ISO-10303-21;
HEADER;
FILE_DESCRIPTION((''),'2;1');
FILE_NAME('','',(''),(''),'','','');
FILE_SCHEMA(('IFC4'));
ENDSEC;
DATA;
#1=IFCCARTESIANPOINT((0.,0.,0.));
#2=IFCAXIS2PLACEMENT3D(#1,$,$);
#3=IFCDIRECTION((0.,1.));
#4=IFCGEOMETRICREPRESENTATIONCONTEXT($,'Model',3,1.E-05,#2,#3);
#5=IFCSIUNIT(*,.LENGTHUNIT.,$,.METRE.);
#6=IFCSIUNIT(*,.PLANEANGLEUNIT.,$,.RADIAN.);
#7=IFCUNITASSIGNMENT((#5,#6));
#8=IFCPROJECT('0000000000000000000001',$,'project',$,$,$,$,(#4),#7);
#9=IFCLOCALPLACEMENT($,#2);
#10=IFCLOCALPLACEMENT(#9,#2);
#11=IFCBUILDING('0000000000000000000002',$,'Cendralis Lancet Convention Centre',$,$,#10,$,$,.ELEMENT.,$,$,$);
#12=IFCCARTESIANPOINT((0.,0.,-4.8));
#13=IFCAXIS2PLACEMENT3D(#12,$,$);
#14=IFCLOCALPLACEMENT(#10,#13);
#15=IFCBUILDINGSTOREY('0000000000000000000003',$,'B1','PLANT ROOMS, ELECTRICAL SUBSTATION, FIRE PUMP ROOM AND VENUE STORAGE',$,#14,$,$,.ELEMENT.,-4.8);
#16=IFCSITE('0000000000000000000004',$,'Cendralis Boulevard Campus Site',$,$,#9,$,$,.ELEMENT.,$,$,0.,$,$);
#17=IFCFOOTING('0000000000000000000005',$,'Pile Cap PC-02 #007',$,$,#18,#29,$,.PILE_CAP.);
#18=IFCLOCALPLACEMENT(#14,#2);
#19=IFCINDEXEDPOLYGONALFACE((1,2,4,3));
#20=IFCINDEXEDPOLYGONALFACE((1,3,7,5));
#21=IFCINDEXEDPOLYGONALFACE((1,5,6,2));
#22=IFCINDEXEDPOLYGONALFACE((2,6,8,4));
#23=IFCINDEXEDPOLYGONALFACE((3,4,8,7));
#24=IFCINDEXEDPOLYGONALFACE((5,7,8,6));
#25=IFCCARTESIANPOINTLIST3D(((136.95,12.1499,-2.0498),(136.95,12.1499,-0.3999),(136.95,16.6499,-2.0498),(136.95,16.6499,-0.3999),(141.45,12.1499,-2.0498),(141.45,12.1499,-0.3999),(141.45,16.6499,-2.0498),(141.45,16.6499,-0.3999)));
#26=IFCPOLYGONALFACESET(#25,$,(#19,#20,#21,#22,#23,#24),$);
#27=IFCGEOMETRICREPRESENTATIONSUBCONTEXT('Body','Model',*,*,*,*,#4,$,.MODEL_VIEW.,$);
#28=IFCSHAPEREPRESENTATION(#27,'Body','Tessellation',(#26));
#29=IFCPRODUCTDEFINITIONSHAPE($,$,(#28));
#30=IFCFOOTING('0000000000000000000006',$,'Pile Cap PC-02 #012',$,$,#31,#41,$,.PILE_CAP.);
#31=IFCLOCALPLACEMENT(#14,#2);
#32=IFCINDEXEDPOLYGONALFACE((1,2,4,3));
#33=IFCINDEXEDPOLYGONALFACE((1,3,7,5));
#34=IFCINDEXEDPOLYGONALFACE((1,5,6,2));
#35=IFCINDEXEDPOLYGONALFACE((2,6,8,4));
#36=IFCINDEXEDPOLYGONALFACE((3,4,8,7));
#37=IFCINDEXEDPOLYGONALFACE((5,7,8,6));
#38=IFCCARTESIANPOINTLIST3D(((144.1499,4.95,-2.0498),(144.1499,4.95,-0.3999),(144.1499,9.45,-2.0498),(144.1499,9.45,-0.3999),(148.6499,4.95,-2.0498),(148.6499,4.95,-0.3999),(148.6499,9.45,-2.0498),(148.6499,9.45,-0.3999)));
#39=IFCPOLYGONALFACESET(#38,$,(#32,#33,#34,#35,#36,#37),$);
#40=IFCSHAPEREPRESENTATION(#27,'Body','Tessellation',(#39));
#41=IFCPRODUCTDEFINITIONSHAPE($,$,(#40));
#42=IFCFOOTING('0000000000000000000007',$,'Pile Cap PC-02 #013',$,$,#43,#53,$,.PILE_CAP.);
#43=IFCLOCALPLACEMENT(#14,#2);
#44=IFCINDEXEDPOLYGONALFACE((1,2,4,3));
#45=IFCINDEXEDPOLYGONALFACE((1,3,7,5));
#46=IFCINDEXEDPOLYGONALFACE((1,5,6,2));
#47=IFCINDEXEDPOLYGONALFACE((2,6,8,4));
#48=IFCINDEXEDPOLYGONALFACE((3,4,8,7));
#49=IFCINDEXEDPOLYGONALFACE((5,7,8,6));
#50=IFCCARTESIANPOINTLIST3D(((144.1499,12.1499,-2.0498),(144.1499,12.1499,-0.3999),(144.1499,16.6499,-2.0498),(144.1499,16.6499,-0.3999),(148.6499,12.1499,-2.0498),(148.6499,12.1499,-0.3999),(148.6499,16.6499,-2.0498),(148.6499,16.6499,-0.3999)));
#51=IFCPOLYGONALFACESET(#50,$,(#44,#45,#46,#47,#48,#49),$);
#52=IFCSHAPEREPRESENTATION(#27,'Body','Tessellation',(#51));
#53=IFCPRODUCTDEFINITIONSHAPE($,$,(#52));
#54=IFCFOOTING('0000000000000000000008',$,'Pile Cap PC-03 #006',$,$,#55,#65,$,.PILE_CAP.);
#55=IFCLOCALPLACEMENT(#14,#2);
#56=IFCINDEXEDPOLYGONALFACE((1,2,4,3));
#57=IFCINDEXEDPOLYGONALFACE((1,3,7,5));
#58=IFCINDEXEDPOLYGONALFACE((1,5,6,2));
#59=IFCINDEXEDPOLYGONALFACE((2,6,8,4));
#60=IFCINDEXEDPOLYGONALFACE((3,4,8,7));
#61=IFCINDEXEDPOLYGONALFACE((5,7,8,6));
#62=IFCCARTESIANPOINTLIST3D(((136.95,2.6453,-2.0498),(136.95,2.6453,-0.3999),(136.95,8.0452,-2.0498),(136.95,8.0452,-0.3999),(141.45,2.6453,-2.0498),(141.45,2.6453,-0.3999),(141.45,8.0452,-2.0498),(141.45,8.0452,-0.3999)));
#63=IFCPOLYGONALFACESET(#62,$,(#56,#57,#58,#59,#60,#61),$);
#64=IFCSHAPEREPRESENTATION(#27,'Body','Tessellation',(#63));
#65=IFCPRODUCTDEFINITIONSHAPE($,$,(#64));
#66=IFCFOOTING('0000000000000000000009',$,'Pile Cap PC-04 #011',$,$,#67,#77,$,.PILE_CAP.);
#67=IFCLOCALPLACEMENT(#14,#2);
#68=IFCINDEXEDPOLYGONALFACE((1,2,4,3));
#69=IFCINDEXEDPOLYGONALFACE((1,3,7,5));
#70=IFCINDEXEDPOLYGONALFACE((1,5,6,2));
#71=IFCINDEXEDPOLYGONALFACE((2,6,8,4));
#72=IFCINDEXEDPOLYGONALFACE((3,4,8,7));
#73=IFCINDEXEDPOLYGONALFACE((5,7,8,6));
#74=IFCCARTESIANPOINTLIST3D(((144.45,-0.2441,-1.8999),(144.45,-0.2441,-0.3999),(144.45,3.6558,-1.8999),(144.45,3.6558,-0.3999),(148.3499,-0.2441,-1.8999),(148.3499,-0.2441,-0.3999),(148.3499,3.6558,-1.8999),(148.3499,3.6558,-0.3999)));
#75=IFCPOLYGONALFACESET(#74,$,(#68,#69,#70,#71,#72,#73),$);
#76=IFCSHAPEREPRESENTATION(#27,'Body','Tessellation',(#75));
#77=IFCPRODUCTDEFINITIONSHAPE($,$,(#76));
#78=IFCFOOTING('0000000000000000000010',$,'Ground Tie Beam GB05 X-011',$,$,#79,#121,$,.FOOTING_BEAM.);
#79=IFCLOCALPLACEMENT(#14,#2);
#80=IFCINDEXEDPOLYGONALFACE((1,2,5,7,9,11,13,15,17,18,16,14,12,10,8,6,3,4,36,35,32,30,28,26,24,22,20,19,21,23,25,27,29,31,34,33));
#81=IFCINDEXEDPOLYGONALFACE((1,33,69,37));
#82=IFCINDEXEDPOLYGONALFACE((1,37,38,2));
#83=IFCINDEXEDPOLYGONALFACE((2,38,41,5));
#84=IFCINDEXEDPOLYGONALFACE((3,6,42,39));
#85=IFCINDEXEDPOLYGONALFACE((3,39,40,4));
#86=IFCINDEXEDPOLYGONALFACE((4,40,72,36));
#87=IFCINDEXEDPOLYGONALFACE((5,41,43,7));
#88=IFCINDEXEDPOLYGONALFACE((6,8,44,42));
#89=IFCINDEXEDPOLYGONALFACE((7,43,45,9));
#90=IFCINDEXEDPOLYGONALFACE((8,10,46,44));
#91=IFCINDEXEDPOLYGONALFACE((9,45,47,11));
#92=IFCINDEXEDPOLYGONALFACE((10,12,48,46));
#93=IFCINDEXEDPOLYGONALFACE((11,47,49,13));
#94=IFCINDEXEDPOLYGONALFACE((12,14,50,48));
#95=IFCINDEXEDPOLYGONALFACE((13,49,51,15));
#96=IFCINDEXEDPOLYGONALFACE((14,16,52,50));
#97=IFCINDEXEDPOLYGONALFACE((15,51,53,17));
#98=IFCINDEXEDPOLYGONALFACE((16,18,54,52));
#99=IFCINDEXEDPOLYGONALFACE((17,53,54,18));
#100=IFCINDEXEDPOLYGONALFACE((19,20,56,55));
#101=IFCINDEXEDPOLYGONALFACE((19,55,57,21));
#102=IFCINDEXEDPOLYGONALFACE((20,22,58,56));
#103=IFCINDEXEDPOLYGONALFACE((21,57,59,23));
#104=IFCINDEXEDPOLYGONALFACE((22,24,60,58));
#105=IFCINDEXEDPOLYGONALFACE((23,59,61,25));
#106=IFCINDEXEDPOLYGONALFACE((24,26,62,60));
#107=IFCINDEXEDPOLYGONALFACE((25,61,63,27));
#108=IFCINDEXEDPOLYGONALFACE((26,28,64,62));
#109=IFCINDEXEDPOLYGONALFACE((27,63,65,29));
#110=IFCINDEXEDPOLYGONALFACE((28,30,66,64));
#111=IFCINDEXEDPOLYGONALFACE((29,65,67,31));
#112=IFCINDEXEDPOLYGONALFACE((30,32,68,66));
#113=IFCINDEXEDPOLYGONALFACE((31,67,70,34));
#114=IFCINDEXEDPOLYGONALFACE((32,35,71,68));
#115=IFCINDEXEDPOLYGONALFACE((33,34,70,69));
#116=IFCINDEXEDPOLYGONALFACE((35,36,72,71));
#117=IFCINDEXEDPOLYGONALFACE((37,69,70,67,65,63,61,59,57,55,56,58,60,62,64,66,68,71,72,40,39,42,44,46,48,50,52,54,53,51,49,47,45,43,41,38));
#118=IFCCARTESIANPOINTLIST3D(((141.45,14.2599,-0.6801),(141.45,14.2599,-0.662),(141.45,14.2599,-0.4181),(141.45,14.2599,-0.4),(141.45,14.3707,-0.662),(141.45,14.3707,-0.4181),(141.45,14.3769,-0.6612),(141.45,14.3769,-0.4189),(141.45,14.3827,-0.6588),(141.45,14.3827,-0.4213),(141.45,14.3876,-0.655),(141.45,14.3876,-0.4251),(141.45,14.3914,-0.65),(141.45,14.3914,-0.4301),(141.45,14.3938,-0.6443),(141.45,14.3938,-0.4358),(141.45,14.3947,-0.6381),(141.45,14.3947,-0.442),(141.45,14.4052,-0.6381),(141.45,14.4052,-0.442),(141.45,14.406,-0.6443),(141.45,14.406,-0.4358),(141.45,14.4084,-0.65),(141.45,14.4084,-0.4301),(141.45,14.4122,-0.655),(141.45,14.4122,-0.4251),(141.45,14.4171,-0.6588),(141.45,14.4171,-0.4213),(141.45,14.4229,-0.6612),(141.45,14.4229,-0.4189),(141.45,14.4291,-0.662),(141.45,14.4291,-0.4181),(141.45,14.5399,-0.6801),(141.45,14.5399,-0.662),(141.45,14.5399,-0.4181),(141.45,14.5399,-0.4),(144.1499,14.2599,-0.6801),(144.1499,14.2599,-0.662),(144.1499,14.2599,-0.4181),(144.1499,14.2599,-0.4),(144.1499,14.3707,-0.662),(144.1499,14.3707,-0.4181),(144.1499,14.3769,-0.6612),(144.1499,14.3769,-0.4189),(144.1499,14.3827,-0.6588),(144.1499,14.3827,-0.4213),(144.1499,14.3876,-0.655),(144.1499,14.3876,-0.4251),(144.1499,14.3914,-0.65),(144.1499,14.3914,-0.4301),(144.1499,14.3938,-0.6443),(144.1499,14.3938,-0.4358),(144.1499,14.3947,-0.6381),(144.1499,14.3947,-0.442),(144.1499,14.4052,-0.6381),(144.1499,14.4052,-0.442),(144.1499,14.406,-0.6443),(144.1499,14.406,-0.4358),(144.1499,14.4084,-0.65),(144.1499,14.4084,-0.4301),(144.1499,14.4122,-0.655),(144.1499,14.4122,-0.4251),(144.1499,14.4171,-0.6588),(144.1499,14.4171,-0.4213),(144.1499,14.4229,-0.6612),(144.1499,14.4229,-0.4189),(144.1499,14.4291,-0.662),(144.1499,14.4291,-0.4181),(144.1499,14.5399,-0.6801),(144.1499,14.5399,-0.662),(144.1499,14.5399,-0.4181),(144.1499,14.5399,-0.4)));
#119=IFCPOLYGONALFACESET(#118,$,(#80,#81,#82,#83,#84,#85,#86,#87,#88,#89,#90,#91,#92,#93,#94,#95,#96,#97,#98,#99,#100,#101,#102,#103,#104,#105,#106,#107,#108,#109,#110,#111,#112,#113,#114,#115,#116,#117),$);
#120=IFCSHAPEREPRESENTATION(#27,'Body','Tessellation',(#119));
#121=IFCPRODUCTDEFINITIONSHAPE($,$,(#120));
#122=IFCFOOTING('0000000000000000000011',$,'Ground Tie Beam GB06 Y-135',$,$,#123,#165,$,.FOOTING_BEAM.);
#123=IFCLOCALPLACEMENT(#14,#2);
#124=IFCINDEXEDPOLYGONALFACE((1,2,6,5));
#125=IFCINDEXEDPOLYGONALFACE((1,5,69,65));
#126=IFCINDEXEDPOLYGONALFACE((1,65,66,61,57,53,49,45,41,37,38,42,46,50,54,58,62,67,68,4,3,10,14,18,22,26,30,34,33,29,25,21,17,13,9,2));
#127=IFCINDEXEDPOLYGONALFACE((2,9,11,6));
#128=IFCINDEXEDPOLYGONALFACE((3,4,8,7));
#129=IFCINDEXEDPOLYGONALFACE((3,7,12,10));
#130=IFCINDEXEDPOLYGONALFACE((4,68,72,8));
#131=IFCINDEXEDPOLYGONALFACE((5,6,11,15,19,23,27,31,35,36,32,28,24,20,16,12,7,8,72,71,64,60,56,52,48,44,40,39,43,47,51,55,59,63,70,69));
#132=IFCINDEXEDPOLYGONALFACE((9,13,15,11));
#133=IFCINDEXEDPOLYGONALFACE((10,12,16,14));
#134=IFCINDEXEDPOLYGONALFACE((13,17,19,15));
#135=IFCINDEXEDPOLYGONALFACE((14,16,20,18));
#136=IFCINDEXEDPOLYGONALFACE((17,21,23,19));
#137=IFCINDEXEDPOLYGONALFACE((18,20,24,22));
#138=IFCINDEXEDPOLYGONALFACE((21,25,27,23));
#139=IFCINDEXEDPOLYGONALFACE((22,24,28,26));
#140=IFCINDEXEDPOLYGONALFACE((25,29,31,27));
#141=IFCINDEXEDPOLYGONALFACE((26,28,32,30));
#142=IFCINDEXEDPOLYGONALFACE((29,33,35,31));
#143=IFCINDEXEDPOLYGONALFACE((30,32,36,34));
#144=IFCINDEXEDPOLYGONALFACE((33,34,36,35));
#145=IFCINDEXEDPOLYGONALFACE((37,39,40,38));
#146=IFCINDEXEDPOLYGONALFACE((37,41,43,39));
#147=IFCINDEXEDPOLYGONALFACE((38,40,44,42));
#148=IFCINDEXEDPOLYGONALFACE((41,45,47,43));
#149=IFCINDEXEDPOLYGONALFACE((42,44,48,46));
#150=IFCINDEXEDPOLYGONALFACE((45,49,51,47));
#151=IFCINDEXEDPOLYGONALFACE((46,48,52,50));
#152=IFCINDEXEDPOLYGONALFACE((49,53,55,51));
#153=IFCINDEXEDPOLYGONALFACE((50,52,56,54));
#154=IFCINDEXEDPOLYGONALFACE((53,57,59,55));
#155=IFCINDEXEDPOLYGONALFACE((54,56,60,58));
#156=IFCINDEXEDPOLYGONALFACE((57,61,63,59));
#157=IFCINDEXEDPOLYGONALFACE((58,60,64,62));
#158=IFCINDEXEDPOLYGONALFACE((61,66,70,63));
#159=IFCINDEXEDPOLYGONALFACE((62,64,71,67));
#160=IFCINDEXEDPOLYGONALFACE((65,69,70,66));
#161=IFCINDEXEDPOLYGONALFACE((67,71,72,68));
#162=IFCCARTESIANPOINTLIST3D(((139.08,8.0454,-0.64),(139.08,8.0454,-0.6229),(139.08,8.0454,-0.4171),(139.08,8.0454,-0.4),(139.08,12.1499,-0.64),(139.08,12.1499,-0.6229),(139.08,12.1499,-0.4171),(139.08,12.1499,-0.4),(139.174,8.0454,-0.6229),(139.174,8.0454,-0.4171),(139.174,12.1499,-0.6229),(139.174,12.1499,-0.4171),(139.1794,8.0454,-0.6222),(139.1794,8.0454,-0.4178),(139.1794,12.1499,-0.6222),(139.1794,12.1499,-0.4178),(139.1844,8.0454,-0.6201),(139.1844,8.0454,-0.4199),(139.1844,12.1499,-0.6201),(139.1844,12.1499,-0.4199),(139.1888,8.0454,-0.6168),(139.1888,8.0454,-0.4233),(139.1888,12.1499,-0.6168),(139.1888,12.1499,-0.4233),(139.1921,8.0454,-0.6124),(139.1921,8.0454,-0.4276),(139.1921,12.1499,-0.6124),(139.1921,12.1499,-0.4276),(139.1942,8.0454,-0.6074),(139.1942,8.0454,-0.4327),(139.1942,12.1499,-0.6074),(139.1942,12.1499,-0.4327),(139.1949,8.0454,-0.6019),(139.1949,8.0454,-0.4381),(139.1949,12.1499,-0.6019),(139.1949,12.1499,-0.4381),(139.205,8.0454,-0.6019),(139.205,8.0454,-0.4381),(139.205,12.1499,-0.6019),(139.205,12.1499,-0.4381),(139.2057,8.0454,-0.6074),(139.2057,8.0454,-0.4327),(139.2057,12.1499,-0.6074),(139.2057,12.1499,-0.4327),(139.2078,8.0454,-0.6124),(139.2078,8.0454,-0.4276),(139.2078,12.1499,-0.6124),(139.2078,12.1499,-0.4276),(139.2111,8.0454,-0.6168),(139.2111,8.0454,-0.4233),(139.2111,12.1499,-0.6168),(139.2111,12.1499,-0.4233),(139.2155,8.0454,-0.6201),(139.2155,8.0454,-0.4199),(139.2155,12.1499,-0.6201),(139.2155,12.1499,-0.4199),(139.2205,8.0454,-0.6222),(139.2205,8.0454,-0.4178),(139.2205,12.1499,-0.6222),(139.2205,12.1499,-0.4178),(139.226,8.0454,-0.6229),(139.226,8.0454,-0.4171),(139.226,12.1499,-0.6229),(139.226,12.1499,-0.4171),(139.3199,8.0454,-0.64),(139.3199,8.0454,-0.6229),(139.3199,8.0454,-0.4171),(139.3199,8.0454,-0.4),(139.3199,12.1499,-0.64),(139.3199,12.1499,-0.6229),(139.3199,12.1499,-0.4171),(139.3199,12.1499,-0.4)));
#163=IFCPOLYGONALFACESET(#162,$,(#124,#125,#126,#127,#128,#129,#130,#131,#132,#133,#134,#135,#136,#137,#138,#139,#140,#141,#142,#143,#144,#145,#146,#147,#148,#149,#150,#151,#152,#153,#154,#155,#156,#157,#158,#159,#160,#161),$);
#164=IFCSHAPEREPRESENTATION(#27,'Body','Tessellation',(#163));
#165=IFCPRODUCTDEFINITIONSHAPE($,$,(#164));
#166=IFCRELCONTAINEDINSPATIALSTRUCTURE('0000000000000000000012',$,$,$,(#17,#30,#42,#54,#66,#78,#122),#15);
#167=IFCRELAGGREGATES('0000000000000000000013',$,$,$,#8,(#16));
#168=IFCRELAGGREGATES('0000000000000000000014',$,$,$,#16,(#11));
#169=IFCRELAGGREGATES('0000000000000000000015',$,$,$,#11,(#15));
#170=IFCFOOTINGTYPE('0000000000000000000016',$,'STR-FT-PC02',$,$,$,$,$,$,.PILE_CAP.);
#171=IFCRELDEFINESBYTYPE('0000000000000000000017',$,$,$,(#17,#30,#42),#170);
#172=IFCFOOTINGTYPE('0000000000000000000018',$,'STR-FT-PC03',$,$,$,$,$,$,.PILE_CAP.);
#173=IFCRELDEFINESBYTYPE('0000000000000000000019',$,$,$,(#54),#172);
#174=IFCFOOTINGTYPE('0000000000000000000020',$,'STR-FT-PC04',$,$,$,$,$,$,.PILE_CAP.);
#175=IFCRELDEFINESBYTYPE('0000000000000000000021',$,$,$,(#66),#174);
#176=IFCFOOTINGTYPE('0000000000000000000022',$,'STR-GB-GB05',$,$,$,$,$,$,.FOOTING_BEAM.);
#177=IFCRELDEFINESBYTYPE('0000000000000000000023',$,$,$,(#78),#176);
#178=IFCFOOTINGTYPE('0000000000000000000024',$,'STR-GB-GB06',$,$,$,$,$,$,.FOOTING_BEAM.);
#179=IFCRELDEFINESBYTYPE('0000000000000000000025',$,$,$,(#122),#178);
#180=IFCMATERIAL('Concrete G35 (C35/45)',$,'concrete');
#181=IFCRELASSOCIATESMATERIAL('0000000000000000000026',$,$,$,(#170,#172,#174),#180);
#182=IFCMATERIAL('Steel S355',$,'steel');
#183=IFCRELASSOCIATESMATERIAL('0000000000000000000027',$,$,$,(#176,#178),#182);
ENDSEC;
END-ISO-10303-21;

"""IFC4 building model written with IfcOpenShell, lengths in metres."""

from ifc_helpers import new_model, si_unit, direction, frame, origin, origin_2d, place, context, subcontext, project, spatial, rectangle, i_section, extrude, material, material_profile, profile_set, type_object, element, save


model = new_model("IFC4")

# Units and contexts
model_context = context("Model", 3, precision=1e-05, world=origin(), true_north=direction((0.0, 1.0)))
body_context = subcontext(model_context, "Body", "Model", "MODEL_VIEW")
ifc_project = project(units=[si_unit("LENGTHUNIT", "METRE"), si_unit("PLANEANGLEUNIT", "RADIAN")], contexts=[model_context])

# Site, building, storey
site_placement = place(None, origin())
site = spatial("IfcSite", under=ifc_project, at=site_placement, Name="Cendralis Boulevard Campus Site", CompositionType="ELEMENT", RefElevation=0.0)
building_placement = place(site_placement, origin())
building = spatial("IfcBuilding", under=site, at=building_placement, Name="Cendralis Lancet Convention Centre", CompositionType="ELEMENT")
storey_placement = place(building_placement, frame((0.0, 0.0, -4.8)))
storey = spatial("IfcBuildingStorey", under=building, at=storey_placement, Name="B1", Description="PLANT ROOMS, ELECTRICAL SUBSTATION, FIRE PUMP ROOM AND VENUE STORAGE", CompositionType="ELEMENT", Elevation=-4.8)

# Footings
ifc_material_1 = material(Name="Concrete G35 (C35/45)", Category="concrete")
footing_type_1 = type_object("IfcFootingType", Name="STR-FT-PC02", PredefinedType="PILE_CAP", material=ifc_material_1)
for number, where, z_axis, x_axis, name in (
    (1, (139.2, 14.3999, -2.0498), (0.0, 0.0, 1.0), (1.0, 0.0, 0.0), "Pile Cap PC-02 #007"),
    (2, (146.3999, 7.2, -2.0498), (0.0, 0.0, 1.0), (1.0, 0.0, 0.0), "Pile Cap PC-02 #012"),
    (3, (146.3999, 14.3999, -2.0498), (0.0, 0.0, 1.0), (1.0, 0.0, 0.0), "Pile Cap PC-02 #013"),
):
    element("IfcFooting", number, at=place(storey_placement, frame(where, z_axis=z_axis, x_axis=x_axis)), inside=storey, type_object=footing_type_1, Name=name, PredefinedType="PILE_CAP", context=body_context, shape_type="SweptSolid", body=[
        extrude(rectangle(XDim=4.5, YDim=4.5, at=origin_2d()), origin(), (0.0, 0.0, 1.0), 1.6499),
    ])
footing_type_2 = type_object("IfcFootingType", Name="STR-FT-PC03", PredefinedType="PILE_CAP", material=ifc_material_1)
footing_1_placement = place(storey_placement, frame((139.2, 5.3452, -2.0498), z_axis=(0.0, 0.0, 1.0), x_axis=(1.0, 0.0, 0.0)))
element("IfcFooting", 4, at=footing_1_placement, inside=storey, type_object=footing_type_2, Name="Pile Cap PC-03 #006", PredefinedType="PILE_CAP", context=body_context, shape_type="SweptSolid", body=[
    extrude(rectangle(XDim=4.5, YDim=5.3999, at=origin_2d()), origin(), (0.0, 0.0, 1.0), 1.6499),
])
footing_type_3 = type_object("IfcFootingType", Name="STR-FT-PC04", PredefinedType="PILE_CAP", material=ifc_material_1)
footing_2_placement = place(storey_placement, frame((146.3999, 1.7058, -1.8999), z_axis=(0.0, 0.0, 1.0), x_axis=(1.0, 0.0, 0.0)))
element("IfcFooting", 5, at=footing_2_placement, inside=storey, type_object=footing_type_3, Name="Pile Cap PC-04 #011", PredefinedType="PILE_CAP", context=body_context, shape_type="SweptSolid", body=[
    extrude(rectangle(XDim=3.8999, YDim=3.8999, at=origin_2d()), origin(), (0.0, 0.0, 1.0), 1.5),
])
ifc_material_2 = material(Name="Steel S355", Category="steel")
ifc_material_profile_1 = material_profile(ifc_material_2, i_section(OverallWidth=0.28, OverallDepth=0.28, WebThickness=0.0105, FlangeThickness=0.0181, FilletRadius=0.0239, at=origin_2d()), Name="HEB 280")
ifc_profile_set_1 = profile_set([ifc_material_profile_1], Name="Steel S355")
footing_type_4 = type_object("IfcFootingType", Name="STR-GB-GB05", PredefinedType="FOOTING_BEAM", material=ifc_profile_set_1)
footing_3_placement = place(storey_placement, frame((141.45, 14.3999, -0.54), z_axis=(1.0, 0.0, 0.0), x_axis=(0.0, 1.0, 0.0)))
element("IfcFooting", 6, at=footing_3_placement, inside=storey, type_object=footing_type_4, Name="Ground Tie Beam GB05 X-011", PredefinedType="FOOTING_BEAM", context=body_context, shape_type="SweptSolid", body=[
    extrude(i_section(OverallWidth=0.28, OverallDepth=0.28, WebThickness=0.0105, FlangeThickness=0.0181, FilletRadius=0.0239, at=origin_2d()), origin(), (0.0, 0.0, 1.0), 2.7),
])
ifc_material_profile_2 = material_profile(ifc_material_2, i_section(OverallWidth=0.24, OverallDepth=0.24, WebThickness=0.01, FlangeThickness=0.0171, FilletRadius=0.021, at=origin_2d()), Name="HEB 240")
ifc_profile_set_2 = profile_set([ifc_material_profile_2], Name="Steel S355")
footing_type_5 = type_object("IfcFootingType", Name="STR-GB-GB06", PredefinedType="FOOTING_BEAM", material=ifc_profile_set_2)
footing_4_placement = place(storey_placement, frame((139.2, 8.0454, -0.52), z_axis=(0.0, 1.0, 0.0), x_axis=(-1.0, 0.0, 0.0)))
element("IfcFooting", 7, at=footing_4_placement, inside=storey, type_object=footing_type_5, Name="Ground Tie Beam GB06 Y-135", PredefinedType="FOOTING_BEAM", context=body_context, shape_type="SweptSolid", body=[
    extrude(i_section(OverallWidth=0.24, OverallDepth=0.24, WebThickness=0.01, FlangeThickness=0.0171, FilletRadius=0.021, at=origin_2d()), origin(), (0.0, 0.0, 1.0), 4.1045),
])

save(model, "model.ifc")
